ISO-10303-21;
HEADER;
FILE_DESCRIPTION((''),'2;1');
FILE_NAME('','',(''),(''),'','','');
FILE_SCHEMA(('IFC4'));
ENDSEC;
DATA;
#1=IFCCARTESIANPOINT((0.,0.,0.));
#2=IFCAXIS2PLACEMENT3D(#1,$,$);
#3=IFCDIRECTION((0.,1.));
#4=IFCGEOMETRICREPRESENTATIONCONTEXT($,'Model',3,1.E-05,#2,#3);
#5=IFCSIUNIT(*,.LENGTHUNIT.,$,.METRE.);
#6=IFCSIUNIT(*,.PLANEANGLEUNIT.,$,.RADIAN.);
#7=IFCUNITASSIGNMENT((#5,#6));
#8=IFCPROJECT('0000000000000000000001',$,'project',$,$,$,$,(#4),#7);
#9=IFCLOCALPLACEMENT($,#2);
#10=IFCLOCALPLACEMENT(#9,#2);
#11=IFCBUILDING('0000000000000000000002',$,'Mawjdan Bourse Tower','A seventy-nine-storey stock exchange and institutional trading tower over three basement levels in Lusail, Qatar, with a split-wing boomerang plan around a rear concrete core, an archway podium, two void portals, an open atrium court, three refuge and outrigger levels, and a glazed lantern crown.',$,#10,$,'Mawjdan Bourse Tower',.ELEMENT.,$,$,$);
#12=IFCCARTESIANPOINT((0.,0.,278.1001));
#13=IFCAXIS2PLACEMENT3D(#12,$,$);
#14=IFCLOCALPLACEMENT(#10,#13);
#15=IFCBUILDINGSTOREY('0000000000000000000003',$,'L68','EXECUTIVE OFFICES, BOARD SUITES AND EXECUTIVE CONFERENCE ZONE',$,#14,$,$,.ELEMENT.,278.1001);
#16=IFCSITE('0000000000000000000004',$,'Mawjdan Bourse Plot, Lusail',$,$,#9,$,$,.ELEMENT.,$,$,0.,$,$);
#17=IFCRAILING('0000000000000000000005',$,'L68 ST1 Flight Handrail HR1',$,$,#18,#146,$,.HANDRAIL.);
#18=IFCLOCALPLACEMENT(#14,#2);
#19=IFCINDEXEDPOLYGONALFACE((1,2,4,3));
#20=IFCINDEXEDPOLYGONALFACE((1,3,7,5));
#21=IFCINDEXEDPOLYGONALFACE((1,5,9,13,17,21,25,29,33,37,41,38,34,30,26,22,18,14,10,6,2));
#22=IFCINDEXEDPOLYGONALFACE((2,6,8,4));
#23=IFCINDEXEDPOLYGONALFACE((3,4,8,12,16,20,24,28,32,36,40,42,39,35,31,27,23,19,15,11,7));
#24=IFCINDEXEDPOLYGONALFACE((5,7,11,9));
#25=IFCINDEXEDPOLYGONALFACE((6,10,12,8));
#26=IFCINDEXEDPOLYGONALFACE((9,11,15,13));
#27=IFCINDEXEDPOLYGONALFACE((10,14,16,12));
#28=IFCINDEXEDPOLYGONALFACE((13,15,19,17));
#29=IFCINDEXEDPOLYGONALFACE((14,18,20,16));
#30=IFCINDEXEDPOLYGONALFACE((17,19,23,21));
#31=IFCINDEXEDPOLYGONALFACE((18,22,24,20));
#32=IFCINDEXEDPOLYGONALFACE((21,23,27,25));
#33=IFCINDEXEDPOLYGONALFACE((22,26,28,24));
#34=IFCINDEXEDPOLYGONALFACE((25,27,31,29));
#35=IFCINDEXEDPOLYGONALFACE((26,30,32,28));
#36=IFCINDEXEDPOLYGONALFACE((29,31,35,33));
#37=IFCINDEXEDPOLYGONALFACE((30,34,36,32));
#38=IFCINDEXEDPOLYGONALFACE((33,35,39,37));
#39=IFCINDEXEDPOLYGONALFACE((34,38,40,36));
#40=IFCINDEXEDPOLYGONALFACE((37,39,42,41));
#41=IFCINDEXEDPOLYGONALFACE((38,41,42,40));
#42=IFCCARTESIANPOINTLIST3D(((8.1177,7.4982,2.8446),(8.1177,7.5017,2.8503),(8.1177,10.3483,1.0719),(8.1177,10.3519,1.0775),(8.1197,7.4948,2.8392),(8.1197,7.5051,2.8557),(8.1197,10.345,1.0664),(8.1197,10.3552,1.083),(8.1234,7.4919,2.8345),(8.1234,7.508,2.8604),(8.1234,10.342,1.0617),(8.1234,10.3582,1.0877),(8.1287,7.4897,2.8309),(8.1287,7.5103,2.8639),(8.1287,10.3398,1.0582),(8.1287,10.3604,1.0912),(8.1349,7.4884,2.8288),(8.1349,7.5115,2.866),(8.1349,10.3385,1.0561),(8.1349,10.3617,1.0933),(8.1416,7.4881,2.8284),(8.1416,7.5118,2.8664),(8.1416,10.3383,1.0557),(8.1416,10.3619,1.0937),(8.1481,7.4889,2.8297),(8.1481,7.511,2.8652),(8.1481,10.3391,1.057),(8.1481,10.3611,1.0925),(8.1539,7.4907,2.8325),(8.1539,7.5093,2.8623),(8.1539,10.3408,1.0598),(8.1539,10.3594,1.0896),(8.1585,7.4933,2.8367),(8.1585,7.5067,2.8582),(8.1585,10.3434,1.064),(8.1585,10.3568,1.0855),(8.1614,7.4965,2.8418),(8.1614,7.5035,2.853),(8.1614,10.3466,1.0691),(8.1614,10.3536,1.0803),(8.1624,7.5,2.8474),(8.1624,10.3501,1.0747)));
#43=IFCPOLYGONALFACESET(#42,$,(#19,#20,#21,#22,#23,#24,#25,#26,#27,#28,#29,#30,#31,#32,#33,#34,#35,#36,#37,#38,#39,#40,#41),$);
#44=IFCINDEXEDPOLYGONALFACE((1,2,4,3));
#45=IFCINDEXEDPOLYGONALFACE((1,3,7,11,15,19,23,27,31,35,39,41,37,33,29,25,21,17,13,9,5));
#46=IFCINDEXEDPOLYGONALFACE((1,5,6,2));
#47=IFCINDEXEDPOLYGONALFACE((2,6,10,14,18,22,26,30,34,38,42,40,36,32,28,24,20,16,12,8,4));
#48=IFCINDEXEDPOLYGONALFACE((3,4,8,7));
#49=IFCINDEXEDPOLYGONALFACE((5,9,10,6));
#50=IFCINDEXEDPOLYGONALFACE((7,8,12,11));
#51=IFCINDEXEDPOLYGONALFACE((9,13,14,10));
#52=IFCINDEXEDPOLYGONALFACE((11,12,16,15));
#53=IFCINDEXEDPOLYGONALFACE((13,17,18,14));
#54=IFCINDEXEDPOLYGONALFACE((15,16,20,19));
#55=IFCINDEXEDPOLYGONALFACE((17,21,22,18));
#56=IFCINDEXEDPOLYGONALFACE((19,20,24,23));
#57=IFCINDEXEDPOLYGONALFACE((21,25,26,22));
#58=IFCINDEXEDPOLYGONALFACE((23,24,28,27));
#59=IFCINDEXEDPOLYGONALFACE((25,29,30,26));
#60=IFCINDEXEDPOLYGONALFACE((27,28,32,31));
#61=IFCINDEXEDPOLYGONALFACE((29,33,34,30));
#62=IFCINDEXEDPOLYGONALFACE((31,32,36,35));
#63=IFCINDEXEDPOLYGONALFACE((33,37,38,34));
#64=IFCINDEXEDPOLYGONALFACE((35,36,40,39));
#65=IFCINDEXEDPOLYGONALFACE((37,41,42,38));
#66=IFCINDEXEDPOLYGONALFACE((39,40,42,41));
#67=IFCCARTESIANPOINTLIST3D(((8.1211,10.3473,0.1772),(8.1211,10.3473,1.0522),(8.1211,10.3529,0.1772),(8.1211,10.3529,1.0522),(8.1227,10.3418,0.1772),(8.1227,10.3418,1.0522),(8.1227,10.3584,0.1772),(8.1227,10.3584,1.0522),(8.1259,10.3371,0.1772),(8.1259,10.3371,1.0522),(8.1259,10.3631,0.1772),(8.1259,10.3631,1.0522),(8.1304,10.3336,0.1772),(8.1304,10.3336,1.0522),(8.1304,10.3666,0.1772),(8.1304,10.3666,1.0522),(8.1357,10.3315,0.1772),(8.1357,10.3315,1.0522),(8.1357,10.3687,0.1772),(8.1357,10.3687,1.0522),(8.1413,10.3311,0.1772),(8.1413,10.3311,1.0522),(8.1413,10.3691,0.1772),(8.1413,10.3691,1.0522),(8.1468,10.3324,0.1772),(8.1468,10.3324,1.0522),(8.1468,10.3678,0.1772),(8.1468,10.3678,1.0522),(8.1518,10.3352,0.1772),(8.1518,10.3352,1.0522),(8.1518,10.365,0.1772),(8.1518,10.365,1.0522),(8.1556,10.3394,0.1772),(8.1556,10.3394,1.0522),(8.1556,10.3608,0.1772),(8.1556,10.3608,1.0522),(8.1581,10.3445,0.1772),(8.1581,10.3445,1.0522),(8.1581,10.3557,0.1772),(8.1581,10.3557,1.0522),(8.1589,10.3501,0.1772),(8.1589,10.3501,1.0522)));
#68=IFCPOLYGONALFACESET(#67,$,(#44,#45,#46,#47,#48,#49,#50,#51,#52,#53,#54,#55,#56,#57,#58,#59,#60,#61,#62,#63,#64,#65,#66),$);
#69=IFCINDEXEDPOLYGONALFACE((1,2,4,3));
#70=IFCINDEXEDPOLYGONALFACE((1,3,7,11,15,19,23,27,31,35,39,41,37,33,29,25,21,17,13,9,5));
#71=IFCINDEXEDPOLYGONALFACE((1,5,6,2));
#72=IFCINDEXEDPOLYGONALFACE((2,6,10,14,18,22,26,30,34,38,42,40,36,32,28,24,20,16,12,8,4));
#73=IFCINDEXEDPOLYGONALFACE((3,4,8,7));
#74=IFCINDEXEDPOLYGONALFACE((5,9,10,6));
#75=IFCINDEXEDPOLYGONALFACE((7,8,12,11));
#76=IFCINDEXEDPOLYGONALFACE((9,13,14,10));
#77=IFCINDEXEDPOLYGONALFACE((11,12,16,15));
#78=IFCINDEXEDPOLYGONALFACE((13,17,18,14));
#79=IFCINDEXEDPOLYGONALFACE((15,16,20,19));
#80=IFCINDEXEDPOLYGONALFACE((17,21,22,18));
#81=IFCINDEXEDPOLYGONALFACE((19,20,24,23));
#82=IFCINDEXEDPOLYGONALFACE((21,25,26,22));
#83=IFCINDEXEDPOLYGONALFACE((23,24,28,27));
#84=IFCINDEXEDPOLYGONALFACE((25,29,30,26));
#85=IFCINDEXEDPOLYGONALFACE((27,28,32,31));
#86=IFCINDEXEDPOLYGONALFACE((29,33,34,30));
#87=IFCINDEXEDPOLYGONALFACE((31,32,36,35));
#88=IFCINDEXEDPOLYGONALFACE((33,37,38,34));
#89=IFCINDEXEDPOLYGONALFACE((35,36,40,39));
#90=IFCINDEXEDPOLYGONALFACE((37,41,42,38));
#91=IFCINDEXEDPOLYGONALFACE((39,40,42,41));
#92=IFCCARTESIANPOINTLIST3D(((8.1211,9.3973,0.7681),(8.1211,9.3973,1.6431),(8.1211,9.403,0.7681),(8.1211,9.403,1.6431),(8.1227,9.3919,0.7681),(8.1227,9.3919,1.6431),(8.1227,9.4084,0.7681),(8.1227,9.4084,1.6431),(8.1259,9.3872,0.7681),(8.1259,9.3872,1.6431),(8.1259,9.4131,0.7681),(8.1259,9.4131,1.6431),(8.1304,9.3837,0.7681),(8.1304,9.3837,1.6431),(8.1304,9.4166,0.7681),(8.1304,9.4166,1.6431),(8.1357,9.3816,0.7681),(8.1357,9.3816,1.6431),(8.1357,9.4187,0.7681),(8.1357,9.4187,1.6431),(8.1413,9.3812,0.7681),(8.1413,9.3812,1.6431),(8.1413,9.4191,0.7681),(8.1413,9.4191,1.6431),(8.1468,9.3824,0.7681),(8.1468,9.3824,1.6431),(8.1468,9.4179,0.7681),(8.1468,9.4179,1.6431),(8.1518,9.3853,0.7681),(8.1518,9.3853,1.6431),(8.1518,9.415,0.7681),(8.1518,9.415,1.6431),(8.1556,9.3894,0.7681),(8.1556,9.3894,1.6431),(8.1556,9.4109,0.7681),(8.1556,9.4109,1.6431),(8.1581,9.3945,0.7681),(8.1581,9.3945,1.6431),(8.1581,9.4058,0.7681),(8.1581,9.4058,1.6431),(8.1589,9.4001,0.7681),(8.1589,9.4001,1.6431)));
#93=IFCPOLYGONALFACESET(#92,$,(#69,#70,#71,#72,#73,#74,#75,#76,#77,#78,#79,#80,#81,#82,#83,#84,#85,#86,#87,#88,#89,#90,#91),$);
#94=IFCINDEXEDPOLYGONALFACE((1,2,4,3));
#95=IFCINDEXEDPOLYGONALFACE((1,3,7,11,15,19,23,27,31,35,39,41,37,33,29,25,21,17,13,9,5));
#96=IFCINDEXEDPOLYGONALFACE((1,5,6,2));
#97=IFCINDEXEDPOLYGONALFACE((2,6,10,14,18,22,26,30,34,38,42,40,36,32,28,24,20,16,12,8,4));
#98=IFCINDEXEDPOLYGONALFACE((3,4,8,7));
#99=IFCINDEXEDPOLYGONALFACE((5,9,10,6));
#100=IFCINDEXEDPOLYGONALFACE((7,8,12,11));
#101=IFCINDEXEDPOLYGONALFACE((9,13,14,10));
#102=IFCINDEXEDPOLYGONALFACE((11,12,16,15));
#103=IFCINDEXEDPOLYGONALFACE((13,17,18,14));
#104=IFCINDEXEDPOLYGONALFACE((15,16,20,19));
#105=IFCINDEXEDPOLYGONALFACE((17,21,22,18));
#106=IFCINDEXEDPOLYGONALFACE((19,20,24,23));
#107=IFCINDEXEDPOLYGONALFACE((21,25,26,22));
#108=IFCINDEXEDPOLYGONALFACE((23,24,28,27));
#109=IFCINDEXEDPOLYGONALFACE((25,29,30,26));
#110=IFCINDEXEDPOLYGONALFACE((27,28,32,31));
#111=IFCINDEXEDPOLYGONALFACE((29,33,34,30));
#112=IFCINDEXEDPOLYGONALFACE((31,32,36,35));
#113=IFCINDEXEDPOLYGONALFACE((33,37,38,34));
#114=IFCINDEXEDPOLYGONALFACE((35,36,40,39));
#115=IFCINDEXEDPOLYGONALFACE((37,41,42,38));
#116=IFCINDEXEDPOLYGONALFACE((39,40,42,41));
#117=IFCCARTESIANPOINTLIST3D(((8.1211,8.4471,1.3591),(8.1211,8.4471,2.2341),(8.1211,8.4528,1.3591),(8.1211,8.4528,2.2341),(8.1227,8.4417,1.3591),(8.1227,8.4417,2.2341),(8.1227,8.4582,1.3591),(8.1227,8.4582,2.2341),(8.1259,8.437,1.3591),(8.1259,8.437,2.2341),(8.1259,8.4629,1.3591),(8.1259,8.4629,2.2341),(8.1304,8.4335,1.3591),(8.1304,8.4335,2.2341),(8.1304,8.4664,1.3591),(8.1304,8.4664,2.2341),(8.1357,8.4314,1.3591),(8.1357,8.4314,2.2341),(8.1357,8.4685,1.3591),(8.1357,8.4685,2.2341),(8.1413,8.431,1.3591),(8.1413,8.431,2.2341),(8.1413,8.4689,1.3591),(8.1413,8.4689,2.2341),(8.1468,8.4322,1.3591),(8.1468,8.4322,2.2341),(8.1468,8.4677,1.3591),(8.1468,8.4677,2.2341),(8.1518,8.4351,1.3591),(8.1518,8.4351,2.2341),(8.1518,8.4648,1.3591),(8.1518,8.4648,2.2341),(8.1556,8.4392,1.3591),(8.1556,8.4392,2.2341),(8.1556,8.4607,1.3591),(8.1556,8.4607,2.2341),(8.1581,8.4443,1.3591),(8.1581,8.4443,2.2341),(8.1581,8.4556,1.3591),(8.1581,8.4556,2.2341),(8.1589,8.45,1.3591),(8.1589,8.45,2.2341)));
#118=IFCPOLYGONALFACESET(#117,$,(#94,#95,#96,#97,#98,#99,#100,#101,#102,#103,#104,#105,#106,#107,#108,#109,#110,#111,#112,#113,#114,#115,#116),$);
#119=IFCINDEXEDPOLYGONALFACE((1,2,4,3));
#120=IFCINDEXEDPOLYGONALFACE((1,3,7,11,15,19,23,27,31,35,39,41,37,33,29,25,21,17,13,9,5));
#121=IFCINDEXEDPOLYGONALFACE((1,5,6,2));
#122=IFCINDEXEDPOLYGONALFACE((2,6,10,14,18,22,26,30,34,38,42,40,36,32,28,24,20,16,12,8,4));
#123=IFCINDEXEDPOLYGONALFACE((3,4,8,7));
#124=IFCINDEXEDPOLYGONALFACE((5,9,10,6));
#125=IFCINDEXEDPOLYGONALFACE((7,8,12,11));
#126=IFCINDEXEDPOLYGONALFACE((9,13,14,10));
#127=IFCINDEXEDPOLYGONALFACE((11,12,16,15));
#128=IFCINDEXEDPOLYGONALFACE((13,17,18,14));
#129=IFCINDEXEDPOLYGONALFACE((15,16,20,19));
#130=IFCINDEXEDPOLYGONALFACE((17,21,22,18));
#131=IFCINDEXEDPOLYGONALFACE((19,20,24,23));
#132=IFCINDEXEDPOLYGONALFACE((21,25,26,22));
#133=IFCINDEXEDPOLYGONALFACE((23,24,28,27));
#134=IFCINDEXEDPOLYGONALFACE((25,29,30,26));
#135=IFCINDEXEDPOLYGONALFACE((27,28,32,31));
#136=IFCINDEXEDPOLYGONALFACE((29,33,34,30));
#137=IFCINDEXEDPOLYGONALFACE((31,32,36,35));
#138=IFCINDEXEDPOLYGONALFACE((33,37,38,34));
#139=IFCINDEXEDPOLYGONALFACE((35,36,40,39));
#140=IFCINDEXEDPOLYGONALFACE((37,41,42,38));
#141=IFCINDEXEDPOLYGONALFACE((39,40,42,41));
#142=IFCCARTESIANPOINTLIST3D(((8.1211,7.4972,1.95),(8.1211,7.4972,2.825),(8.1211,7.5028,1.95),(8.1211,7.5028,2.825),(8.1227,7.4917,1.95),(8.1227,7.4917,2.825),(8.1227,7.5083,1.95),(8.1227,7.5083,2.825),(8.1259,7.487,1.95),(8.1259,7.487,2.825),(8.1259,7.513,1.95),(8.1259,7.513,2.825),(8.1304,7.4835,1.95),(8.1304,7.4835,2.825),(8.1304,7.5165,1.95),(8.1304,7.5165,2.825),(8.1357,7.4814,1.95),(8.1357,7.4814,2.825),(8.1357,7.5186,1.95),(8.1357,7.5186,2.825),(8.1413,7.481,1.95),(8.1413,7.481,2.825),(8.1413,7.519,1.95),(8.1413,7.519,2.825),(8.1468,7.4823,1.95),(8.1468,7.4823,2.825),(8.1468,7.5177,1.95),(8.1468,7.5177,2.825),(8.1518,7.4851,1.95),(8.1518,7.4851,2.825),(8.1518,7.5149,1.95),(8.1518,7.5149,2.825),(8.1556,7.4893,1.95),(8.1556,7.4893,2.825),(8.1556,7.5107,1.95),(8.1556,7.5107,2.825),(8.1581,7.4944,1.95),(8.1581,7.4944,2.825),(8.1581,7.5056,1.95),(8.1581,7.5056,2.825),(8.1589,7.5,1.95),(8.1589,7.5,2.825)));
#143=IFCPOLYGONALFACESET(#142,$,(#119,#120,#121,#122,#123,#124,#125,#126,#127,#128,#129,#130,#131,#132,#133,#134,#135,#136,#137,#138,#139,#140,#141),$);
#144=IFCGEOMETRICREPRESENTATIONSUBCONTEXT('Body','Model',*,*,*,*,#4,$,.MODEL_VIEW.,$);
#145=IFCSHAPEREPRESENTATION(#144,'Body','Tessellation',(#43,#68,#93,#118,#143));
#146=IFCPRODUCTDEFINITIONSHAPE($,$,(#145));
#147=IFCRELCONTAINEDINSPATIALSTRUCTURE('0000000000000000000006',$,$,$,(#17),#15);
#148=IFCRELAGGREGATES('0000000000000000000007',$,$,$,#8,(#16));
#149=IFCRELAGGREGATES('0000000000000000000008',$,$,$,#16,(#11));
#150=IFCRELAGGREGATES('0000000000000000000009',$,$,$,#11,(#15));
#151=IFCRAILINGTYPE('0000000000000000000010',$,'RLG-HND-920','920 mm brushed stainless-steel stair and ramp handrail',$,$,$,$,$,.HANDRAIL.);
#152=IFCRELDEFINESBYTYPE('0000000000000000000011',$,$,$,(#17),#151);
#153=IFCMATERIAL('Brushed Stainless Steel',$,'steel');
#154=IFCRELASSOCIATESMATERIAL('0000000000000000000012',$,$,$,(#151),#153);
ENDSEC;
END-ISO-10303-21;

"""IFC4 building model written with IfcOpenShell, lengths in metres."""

from ifc_helpers import new_model, si_unit, direction, frame, origin, origin_2d, place, context, subcontext, project, spatial, circle, extrude, material, type_object, element, save


model = new_model("IFC4")

# Units and contexts
model_context = context("Model", 3, precision=1e-05, world=origin(), true_north=direction((0.0, 1.0)))
body_context = subcontext(model_context, "Body", "Model", "MODEL_VIEW")
ifc_project = project(units=[si_unit("LENGTHUNIT", "METRE"), si_unit("PLANEANGLEUNIT", "RADIAN")], contexts=[model_context])

# Site, building, storey
site_placement = place(None, origin())
site = spatial("IfcSite", under=ifc_project, at=site_placement, Name="Mawjdan Bourse Plot, Lusail", CompositionType="ELEMENT", RefElevation=0.0)
building_placement = place(site_placement, origin())
building = spatial("IfcBuilding", under=site, at=building_placement, Name="Mawjdan Bourse Tower", Description="A seventy-nine-storey stock exchange and institutional trading tower over three basement levels in Lusail, Qatar, with a split-wing boomerang plan around a rear concrete core, an archway podium, two void portals, an open atrium court, three refuge and outrigger levels, and a glazed lantern crown.", LongName="Mawjdan Bourse Tower", CompositionType="ELEMENT")
storey_placement = place(building_placement, frame((0.0, 0.0, 278.1001)))
storey = spatial("IfcBuildingStorey", under=building, at=storey_placement, Name="L68", Description="EXECUTIVE OFFICES, BOARD SUITES AND EXECUTIVE CONFERENCE ZONE", CompositionType="ELEMENT", Elevation=278.1001)

# Railing
ifc_material_1 = material(Name="Brushed Stainless Steel", Category="steel")
railing_type_1 = type_object("IfcRailingType", Name="RLG-HND-920", Description="920 mm brushed stainless-steel stair and ramp handrail", PredefinedType="HANDRAIL", material=ifc_material_1)
for number, where, name in (
    (1, (8.1399, 10.3501, 0.1772), "L68 ST1 Flight Handrail HR1"),
):
    element("IfcRailing", number, at=place(storey_placement, frame(where)), inside=storey, type_object=railing_type_1, Name=name, PredefinedType="HANDRAIL", context=body_context, shape_type="SweptSolid", body=[
        extrude(circle(Radius=0.0225, at=origin_2d()), frame((0.0, 0.0, 0.8975), z_axis=(0.0, -0.849149, 0.528154), x_axis=(1.0, 0.0, 0.0)), (0.0, 0.0, 1.0), 3.3564),
        extrude(circle(Radius=0.019, at=origin_2d()), origin(), (0.0, 0.0, 1.0), 0.875),
        extrude(circle(Radius=0.019, at=origin_2d()), frame((0.0, -0.95, 0.5908)), (0.0, 0.0, 1.0), 0.875),
        extrude(circle(Radius=0.019, at=origin_2d()), frame((0.0, -1.9001, 1.1819)), (0.0, 0.0, 1.0), 0.875),
        extrude(circle(Radius=0.019, at=origin_2d()), frame((0.0, -2.8501, 1.7727)), (0.0, 0.0, 1.0), 0.875),
    ])

save(model, "model.ifc")
